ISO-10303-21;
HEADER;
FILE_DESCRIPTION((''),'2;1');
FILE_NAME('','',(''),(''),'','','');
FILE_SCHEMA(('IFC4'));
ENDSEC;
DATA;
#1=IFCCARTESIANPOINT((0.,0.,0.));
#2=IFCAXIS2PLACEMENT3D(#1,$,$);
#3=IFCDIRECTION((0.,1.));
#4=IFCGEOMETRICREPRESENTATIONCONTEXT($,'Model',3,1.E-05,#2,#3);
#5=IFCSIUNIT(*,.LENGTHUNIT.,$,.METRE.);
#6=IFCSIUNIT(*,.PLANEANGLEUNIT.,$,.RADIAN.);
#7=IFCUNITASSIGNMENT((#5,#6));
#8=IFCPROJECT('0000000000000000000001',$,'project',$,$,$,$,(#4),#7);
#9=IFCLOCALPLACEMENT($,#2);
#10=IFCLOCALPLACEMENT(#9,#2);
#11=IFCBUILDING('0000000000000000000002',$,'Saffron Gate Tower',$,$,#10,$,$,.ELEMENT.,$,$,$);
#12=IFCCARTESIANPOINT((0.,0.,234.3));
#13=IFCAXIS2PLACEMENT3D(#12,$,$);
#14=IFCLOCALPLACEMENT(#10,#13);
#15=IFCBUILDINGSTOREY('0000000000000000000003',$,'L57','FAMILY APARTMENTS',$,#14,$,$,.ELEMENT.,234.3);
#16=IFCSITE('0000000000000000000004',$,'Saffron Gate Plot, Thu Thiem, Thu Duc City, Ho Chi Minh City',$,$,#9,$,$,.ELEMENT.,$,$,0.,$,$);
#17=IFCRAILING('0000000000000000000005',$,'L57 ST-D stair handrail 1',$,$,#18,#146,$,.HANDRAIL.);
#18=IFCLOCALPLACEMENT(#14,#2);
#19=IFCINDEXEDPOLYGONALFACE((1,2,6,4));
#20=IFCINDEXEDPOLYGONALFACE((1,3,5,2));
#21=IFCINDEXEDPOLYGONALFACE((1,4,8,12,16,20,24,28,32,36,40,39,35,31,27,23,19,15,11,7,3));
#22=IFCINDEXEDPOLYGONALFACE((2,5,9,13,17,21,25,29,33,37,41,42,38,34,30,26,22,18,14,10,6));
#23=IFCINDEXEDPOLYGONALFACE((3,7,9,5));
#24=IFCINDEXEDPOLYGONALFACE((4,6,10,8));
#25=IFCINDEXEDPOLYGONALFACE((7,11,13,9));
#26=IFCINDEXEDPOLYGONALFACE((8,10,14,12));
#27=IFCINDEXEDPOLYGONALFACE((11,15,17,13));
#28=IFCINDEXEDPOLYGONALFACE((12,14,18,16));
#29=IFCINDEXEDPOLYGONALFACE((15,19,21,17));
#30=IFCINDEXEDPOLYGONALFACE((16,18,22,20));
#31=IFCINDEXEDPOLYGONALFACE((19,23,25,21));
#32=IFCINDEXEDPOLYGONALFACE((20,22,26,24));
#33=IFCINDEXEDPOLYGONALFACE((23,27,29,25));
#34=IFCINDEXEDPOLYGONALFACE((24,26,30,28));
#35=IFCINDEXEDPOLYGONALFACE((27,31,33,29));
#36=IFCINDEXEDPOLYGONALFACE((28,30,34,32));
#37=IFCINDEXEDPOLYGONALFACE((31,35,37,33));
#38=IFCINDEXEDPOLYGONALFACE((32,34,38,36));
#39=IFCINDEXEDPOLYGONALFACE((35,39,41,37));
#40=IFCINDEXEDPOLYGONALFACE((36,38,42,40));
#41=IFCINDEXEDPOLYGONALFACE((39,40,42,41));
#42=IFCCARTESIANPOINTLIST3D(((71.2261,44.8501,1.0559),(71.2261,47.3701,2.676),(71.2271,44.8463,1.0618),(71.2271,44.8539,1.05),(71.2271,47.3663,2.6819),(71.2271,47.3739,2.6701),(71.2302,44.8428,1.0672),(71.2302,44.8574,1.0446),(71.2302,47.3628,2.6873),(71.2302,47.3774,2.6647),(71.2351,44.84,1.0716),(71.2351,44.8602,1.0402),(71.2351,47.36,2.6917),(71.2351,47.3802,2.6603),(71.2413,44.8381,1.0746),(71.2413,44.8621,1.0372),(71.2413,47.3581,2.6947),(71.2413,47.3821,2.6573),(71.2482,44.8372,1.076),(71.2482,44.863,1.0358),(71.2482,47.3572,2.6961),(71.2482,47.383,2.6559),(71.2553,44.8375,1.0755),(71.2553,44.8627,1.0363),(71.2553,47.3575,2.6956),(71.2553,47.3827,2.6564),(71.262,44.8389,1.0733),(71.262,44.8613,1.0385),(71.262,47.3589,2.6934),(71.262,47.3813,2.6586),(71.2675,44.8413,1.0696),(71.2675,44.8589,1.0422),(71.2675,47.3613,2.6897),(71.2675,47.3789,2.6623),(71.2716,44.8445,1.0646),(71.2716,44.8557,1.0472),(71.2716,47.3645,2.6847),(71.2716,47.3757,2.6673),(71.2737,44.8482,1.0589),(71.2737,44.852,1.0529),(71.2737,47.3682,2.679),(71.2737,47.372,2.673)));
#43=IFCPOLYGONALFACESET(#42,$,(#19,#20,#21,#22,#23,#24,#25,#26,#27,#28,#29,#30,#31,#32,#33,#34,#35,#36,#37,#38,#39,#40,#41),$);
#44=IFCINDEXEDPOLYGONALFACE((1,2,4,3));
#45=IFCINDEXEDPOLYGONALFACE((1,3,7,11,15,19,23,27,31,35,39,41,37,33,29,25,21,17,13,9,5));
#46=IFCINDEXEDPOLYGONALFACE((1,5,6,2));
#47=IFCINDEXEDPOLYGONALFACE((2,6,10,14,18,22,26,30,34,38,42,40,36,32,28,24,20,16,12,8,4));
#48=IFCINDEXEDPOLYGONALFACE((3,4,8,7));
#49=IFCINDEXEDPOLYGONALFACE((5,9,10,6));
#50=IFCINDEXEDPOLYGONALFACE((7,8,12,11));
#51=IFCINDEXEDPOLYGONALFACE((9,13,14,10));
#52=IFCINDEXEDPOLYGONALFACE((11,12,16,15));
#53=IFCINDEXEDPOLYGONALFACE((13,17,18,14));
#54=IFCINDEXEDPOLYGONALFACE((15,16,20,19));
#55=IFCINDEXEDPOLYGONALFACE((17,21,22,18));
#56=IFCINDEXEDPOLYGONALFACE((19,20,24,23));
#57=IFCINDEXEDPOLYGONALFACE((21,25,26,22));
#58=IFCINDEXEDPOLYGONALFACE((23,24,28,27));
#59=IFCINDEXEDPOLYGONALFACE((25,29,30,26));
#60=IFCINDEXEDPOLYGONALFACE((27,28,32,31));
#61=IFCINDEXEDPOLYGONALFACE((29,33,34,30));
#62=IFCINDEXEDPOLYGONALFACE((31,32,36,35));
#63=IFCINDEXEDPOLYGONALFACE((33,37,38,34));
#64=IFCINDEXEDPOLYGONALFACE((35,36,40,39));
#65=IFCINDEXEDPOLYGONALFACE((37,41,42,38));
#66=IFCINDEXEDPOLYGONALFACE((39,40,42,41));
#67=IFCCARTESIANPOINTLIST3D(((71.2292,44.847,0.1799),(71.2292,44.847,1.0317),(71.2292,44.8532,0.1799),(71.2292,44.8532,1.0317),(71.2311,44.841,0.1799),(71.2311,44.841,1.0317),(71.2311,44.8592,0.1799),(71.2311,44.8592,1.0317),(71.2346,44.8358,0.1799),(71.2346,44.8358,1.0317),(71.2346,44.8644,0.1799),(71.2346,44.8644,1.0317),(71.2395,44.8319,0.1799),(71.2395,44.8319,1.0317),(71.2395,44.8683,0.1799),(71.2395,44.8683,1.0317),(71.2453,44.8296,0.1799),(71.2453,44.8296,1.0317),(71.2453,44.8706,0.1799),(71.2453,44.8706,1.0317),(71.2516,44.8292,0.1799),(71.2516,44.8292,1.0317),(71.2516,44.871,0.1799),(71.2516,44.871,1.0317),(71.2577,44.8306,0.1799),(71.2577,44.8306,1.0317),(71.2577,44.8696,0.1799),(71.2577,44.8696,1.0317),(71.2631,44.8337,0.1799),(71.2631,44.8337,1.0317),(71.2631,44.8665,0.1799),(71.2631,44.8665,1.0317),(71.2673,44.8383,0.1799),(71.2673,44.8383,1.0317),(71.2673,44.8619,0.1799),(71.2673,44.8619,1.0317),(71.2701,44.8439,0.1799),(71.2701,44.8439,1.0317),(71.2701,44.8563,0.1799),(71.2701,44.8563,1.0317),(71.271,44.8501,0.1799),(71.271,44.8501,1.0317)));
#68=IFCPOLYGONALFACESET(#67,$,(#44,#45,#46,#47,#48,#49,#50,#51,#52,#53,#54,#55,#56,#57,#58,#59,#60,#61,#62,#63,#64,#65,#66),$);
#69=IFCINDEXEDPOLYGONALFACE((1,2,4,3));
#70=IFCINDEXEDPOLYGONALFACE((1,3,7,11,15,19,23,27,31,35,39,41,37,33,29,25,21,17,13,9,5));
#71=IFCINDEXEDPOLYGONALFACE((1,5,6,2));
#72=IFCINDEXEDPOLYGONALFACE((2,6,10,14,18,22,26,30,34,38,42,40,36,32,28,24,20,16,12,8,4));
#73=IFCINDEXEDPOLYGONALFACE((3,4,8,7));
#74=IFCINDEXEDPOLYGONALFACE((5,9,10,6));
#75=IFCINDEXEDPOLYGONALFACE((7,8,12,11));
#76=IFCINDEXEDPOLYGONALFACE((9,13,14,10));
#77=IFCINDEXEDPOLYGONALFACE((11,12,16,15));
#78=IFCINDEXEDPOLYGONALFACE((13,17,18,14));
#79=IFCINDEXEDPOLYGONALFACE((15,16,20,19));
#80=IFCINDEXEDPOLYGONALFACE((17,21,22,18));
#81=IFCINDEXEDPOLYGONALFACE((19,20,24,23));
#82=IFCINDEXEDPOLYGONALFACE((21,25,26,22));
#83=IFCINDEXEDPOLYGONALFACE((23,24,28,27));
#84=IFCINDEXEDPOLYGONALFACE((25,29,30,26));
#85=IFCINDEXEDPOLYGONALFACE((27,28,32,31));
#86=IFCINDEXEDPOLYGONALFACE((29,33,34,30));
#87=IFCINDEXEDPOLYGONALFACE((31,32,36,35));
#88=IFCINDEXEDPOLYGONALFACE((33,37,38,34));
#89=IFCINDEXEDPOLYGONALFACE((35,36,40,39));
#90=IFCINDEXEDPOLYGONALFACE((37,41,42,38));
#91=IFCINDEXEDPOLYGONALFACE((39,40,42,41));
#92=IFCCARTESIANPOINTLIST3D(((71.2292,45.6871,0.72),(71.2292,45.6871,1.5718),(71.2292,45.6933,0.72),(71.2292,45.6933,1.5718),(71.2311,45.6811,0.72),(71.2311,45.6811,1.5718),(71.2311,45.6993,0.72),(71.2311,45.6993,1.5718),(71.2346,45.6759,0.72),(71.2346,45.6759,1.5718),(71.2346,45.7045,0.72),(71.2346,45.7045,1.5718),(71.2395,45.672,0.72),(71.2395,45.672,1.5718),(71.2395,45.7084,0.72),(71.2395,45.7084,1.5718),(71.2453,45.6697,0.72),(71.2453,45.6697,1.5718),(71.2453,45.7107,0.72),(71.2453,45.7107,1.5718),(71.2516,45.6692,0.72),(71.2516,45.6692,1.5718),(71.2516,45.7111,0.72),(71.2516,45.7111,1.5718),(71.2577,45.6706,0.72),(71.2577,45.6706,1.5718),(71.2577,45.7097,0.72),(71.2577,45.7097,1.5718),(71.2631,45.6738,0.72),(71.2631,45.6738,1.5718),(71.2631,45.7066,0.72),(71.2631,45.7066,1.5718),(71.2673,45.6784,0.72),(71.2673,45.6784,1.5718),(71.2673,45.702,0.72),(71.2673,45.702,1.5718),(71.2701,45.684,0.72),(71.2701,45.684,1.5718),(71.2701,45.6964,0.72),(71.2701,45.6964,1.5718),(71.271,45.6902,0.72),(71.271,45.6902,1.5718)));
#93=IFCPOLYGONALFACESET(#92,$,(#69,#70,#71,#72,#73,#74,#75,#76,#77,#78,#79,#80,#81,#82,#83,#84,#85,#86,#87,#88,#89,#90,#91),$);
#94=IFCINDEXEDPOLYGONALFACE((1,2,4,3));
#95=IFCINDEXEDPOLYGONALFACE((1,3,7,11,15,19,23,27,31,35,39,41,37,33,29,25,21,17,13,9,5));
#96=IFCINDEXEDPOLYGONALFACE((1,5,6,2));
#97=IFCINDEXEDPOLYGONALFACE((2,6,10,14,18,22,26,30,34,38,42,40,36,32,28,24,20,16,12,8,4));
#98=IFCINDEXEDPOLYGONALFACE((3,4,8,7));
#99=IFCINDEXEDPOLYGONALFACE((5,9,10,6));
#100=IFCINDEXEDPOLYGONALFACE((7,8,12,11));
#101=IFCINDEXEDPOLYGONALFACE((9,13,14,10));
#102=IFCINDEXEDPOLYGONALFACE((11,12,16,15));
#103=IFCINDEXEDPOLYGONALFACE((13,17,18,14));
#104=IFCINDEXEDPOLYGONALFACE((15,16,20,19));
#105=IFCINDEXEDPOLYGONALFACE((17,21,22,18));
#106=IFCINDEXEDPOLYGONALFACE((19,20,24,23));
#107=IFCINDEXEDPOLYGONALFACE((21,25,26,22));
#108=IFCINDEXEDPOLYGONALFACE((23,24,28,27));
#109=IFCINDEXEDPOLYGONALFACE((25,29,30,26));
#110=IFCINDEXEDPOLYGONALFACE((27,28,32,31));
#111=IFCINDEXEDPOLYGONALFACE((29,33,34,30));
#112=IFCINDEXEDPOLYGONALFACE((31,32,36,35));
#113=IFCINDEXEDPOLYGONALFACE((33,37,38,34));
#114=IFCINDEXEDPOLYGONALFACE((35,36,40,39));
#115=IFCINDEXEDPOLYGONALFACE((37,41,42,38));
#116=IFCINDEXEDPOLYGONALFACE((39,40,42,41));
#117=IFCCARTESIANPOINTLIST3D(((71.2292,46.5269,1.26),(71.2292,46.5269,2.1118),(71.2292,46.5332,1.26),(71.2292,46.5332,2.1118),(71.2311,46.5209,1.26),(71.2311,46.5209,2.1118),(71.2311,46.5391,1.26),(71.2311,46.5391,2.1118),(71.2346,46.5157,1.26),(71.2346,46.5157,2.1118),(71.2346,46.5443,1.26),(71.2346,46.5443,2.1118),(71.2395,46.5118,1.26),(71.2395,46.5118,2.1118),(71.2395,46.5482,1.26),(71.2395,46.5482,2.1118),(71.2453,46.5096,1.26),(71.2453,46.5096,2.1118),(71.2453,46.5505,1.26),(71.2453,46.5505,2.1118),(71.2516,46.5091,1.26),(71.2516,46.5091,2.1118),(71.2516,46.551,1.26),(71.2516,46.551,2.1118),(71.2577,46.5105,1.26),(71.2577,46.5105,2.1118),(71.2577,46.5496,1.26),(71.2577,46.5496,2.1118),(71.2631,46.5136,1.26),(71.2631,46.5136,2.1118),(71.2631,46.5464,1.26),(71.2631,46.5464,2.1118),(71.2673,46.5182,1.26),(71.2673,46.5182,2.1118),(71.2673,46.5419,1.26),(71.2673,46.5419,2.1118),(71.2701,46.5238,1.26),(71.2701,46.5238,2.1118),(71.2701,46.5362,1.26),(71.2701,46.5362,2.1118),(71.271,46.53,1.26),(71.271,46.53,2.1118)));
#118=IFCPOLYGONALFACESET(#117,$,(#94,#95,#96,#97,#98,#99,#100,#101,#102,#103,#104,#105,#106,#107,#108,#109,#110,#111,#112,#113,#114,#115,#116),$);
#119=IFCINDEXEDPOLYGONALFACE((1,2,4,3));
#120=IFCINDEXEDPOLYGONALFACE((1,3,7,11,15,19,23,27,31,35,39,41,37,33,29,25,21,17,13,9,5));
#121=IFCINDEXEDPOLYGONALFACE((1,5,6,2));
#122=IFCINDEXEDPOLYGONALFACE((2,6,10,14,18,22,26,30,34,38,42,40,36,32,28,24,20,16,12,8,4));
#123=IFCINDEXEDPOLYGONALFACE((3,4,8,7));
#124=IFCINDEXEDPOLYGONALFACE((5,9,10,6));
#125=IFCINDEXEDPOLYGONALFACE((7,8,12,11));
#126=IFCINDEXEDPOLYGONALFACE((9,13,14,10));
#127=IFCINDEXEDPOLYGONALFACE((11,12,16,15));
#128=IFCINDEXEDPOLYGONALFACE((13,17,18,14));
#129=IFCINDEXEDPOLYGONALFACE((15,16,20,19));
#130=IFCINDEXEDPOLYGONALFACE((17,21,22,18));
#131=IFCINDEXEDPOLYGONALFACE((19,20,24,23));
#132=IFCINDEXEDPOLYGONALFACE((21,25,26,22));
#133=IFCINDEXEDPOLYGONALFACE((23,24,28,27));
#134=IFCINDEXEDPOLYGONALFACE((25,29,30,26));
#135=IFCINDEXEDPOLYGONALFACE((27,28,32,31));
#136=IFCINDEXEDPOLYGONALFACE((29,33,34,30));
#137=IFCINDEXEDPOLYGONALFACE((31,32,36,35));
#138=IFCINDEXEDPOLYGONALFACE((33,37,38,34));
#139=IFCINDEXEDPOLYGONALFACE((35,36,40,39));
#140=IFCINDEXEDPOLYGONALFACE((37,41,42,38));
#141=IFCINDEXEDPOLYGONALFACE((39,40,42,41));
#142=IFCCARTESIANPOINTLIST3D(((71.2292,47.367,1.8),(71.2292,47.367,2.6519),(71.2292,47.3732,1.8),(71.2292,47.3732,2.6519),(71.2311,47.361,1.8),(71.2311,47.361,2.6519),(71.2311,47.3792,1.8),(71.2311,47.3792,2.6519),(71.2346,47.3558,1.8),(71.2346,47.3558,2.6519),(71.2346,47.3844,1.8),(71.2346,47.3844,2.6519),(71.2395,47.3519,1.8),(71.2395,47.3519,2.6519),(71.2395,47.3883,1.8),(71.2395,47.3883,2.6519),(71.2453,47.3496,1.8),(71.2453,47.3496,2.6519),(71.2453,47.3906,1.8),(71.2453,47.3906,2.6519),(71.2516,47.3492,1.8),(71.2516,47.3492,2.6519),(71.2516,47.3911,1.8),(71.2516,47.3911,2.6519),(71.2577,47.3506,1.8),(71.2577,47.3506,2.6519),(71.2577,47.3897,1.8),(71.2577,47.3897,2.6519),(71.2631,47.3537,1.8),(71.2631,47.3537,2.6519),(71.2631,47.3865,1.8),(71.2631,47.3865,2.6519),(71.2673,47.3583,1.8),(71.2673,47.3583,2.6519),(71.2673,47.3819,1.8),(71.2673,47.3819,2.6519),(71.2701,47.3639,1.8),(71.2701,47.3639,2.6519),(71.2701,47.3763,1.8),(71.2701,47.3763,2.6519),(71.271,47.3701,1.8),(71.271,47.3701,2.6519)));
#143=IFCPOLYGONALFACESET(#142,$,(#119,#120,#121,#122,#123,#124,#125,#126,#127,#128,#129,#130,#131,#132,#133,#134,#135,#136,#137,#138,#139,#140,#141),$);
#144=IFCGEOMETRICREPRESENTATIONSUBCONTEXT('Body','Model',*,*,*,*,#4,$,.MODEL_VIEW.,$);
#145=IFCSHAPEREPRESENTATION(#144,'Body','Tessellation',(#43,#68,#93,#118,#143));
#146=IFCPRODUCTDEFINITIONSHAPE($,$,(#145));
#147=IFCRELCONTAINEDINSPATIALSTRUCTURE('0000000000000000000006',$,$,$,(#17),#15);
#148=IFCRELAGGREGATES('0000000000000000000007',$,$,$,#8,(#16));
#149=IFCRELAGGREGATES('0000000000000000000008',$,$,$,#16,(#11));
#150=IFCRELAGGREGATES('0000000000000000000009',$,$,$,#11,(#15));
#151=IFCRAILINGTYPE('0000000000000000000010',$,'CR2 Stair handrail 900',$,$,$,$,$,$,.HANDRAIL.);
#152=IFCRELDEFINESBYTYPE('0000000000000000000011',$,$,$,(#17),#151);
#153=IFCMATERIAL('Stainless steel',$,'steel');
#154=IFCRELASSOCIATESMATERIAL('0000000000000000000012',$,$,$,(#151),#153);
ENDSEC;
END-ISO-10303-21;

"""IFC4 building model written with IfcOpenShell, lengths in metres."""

from ifc_helpers import new_model, si_unit, direction, frame, origin, origin_2d, place, context, subcontext, project, spatial, circle, extrude, material, type_object, element, save


model = new_model("IFC4")

# Units and contexts
model_context = context("Model", 3, precision=1e-05, world=origin(), true_north=direction((0.0, 1.0)))
body_context = subcontext(model_context, "Body", "Model", "MODEL_VIEW")
ifc_project = project(units=[si_unit("LENGTHUNIT", "METRE"), si_unit("PLANEANGLEUNIT", "RADIAN")], contexts=[model_context])

# Site, building, storey
site_placement = place(None, origin())
site = spatial("IfcSite", under=ifc_project, at=site_placement, Name="Saffron Gate Plot, Thu Thiem, Thu Duc City, Ho Chi Minh City", CompositionType="ELEMENT", RefElevation=0.0)
building_placement = place(site_placement, origin())
building = spatial("IfcBuilding", under=site, at=building_placement, Name="Saffron Gate Tower", CompositionType="ELEMENT")
storey_placement = place(building_placement, frame((0.0, 0.0, 234.3)))
storey = spatial("IfcBuildingStorey", under=building, at=storey_placement, Name="L57", Description="FAMILY APARTMENTS", CompositionType="ELEMENT", Elevation=234.3)

# Railing
ifc_material_1 = material(Name="Stainless steel", Category="steel")
railing_type_1 = type_object("IfcRailingType", Name="CR2 Stair handrail 900", PredefinedType="HANDRAIL", material=ifc_material_1)
railing_1_placement = place(storey_placement, frame((71.25, 44.8501, 0.1799)))
element("IfcRailing", 1, at=railing_1_placement, inside=storey, type_object=railing_type_1, Name="L57 ST-D stair handrail 1", PredefinedType="HANDRAIL", context=body_context, shape_type="SweptSolid", body=[
    extrude(circle(Radius=0.0239, at=origin_2d()), frame((0.0, 0.0, 0.876), z_axis=(0.0, 0.841163, 0.540782), x_axis=(-1.0, 0.0, 0.0)), (0.0, 0.0, 1.0), 2.9958),
    extrude(circle(Radius=0.021, at=origin_2d()), origin(), (0.0, 0.0, 1.0), 0.8518),
    extrude(circle(Radius=0.021, at=origin_2d()), frame((0.0, 0.8401, 0.54)), (0.0, 0.0, 1.0), 0.8518),
    extrude(circle(Radius=0.021, at=origin_2d()), frame((0.0, 1.6799, 1.0801)), (0.0, 0.0, 1.0), 0.8518),
    extrude(circle(Radius=0.021, at=origin_2d()), frame((0.0, 2.52, 1.6201)), (0.0, 0.0, 1.0), 0.8518),
])

save(model, "model.ifc")
